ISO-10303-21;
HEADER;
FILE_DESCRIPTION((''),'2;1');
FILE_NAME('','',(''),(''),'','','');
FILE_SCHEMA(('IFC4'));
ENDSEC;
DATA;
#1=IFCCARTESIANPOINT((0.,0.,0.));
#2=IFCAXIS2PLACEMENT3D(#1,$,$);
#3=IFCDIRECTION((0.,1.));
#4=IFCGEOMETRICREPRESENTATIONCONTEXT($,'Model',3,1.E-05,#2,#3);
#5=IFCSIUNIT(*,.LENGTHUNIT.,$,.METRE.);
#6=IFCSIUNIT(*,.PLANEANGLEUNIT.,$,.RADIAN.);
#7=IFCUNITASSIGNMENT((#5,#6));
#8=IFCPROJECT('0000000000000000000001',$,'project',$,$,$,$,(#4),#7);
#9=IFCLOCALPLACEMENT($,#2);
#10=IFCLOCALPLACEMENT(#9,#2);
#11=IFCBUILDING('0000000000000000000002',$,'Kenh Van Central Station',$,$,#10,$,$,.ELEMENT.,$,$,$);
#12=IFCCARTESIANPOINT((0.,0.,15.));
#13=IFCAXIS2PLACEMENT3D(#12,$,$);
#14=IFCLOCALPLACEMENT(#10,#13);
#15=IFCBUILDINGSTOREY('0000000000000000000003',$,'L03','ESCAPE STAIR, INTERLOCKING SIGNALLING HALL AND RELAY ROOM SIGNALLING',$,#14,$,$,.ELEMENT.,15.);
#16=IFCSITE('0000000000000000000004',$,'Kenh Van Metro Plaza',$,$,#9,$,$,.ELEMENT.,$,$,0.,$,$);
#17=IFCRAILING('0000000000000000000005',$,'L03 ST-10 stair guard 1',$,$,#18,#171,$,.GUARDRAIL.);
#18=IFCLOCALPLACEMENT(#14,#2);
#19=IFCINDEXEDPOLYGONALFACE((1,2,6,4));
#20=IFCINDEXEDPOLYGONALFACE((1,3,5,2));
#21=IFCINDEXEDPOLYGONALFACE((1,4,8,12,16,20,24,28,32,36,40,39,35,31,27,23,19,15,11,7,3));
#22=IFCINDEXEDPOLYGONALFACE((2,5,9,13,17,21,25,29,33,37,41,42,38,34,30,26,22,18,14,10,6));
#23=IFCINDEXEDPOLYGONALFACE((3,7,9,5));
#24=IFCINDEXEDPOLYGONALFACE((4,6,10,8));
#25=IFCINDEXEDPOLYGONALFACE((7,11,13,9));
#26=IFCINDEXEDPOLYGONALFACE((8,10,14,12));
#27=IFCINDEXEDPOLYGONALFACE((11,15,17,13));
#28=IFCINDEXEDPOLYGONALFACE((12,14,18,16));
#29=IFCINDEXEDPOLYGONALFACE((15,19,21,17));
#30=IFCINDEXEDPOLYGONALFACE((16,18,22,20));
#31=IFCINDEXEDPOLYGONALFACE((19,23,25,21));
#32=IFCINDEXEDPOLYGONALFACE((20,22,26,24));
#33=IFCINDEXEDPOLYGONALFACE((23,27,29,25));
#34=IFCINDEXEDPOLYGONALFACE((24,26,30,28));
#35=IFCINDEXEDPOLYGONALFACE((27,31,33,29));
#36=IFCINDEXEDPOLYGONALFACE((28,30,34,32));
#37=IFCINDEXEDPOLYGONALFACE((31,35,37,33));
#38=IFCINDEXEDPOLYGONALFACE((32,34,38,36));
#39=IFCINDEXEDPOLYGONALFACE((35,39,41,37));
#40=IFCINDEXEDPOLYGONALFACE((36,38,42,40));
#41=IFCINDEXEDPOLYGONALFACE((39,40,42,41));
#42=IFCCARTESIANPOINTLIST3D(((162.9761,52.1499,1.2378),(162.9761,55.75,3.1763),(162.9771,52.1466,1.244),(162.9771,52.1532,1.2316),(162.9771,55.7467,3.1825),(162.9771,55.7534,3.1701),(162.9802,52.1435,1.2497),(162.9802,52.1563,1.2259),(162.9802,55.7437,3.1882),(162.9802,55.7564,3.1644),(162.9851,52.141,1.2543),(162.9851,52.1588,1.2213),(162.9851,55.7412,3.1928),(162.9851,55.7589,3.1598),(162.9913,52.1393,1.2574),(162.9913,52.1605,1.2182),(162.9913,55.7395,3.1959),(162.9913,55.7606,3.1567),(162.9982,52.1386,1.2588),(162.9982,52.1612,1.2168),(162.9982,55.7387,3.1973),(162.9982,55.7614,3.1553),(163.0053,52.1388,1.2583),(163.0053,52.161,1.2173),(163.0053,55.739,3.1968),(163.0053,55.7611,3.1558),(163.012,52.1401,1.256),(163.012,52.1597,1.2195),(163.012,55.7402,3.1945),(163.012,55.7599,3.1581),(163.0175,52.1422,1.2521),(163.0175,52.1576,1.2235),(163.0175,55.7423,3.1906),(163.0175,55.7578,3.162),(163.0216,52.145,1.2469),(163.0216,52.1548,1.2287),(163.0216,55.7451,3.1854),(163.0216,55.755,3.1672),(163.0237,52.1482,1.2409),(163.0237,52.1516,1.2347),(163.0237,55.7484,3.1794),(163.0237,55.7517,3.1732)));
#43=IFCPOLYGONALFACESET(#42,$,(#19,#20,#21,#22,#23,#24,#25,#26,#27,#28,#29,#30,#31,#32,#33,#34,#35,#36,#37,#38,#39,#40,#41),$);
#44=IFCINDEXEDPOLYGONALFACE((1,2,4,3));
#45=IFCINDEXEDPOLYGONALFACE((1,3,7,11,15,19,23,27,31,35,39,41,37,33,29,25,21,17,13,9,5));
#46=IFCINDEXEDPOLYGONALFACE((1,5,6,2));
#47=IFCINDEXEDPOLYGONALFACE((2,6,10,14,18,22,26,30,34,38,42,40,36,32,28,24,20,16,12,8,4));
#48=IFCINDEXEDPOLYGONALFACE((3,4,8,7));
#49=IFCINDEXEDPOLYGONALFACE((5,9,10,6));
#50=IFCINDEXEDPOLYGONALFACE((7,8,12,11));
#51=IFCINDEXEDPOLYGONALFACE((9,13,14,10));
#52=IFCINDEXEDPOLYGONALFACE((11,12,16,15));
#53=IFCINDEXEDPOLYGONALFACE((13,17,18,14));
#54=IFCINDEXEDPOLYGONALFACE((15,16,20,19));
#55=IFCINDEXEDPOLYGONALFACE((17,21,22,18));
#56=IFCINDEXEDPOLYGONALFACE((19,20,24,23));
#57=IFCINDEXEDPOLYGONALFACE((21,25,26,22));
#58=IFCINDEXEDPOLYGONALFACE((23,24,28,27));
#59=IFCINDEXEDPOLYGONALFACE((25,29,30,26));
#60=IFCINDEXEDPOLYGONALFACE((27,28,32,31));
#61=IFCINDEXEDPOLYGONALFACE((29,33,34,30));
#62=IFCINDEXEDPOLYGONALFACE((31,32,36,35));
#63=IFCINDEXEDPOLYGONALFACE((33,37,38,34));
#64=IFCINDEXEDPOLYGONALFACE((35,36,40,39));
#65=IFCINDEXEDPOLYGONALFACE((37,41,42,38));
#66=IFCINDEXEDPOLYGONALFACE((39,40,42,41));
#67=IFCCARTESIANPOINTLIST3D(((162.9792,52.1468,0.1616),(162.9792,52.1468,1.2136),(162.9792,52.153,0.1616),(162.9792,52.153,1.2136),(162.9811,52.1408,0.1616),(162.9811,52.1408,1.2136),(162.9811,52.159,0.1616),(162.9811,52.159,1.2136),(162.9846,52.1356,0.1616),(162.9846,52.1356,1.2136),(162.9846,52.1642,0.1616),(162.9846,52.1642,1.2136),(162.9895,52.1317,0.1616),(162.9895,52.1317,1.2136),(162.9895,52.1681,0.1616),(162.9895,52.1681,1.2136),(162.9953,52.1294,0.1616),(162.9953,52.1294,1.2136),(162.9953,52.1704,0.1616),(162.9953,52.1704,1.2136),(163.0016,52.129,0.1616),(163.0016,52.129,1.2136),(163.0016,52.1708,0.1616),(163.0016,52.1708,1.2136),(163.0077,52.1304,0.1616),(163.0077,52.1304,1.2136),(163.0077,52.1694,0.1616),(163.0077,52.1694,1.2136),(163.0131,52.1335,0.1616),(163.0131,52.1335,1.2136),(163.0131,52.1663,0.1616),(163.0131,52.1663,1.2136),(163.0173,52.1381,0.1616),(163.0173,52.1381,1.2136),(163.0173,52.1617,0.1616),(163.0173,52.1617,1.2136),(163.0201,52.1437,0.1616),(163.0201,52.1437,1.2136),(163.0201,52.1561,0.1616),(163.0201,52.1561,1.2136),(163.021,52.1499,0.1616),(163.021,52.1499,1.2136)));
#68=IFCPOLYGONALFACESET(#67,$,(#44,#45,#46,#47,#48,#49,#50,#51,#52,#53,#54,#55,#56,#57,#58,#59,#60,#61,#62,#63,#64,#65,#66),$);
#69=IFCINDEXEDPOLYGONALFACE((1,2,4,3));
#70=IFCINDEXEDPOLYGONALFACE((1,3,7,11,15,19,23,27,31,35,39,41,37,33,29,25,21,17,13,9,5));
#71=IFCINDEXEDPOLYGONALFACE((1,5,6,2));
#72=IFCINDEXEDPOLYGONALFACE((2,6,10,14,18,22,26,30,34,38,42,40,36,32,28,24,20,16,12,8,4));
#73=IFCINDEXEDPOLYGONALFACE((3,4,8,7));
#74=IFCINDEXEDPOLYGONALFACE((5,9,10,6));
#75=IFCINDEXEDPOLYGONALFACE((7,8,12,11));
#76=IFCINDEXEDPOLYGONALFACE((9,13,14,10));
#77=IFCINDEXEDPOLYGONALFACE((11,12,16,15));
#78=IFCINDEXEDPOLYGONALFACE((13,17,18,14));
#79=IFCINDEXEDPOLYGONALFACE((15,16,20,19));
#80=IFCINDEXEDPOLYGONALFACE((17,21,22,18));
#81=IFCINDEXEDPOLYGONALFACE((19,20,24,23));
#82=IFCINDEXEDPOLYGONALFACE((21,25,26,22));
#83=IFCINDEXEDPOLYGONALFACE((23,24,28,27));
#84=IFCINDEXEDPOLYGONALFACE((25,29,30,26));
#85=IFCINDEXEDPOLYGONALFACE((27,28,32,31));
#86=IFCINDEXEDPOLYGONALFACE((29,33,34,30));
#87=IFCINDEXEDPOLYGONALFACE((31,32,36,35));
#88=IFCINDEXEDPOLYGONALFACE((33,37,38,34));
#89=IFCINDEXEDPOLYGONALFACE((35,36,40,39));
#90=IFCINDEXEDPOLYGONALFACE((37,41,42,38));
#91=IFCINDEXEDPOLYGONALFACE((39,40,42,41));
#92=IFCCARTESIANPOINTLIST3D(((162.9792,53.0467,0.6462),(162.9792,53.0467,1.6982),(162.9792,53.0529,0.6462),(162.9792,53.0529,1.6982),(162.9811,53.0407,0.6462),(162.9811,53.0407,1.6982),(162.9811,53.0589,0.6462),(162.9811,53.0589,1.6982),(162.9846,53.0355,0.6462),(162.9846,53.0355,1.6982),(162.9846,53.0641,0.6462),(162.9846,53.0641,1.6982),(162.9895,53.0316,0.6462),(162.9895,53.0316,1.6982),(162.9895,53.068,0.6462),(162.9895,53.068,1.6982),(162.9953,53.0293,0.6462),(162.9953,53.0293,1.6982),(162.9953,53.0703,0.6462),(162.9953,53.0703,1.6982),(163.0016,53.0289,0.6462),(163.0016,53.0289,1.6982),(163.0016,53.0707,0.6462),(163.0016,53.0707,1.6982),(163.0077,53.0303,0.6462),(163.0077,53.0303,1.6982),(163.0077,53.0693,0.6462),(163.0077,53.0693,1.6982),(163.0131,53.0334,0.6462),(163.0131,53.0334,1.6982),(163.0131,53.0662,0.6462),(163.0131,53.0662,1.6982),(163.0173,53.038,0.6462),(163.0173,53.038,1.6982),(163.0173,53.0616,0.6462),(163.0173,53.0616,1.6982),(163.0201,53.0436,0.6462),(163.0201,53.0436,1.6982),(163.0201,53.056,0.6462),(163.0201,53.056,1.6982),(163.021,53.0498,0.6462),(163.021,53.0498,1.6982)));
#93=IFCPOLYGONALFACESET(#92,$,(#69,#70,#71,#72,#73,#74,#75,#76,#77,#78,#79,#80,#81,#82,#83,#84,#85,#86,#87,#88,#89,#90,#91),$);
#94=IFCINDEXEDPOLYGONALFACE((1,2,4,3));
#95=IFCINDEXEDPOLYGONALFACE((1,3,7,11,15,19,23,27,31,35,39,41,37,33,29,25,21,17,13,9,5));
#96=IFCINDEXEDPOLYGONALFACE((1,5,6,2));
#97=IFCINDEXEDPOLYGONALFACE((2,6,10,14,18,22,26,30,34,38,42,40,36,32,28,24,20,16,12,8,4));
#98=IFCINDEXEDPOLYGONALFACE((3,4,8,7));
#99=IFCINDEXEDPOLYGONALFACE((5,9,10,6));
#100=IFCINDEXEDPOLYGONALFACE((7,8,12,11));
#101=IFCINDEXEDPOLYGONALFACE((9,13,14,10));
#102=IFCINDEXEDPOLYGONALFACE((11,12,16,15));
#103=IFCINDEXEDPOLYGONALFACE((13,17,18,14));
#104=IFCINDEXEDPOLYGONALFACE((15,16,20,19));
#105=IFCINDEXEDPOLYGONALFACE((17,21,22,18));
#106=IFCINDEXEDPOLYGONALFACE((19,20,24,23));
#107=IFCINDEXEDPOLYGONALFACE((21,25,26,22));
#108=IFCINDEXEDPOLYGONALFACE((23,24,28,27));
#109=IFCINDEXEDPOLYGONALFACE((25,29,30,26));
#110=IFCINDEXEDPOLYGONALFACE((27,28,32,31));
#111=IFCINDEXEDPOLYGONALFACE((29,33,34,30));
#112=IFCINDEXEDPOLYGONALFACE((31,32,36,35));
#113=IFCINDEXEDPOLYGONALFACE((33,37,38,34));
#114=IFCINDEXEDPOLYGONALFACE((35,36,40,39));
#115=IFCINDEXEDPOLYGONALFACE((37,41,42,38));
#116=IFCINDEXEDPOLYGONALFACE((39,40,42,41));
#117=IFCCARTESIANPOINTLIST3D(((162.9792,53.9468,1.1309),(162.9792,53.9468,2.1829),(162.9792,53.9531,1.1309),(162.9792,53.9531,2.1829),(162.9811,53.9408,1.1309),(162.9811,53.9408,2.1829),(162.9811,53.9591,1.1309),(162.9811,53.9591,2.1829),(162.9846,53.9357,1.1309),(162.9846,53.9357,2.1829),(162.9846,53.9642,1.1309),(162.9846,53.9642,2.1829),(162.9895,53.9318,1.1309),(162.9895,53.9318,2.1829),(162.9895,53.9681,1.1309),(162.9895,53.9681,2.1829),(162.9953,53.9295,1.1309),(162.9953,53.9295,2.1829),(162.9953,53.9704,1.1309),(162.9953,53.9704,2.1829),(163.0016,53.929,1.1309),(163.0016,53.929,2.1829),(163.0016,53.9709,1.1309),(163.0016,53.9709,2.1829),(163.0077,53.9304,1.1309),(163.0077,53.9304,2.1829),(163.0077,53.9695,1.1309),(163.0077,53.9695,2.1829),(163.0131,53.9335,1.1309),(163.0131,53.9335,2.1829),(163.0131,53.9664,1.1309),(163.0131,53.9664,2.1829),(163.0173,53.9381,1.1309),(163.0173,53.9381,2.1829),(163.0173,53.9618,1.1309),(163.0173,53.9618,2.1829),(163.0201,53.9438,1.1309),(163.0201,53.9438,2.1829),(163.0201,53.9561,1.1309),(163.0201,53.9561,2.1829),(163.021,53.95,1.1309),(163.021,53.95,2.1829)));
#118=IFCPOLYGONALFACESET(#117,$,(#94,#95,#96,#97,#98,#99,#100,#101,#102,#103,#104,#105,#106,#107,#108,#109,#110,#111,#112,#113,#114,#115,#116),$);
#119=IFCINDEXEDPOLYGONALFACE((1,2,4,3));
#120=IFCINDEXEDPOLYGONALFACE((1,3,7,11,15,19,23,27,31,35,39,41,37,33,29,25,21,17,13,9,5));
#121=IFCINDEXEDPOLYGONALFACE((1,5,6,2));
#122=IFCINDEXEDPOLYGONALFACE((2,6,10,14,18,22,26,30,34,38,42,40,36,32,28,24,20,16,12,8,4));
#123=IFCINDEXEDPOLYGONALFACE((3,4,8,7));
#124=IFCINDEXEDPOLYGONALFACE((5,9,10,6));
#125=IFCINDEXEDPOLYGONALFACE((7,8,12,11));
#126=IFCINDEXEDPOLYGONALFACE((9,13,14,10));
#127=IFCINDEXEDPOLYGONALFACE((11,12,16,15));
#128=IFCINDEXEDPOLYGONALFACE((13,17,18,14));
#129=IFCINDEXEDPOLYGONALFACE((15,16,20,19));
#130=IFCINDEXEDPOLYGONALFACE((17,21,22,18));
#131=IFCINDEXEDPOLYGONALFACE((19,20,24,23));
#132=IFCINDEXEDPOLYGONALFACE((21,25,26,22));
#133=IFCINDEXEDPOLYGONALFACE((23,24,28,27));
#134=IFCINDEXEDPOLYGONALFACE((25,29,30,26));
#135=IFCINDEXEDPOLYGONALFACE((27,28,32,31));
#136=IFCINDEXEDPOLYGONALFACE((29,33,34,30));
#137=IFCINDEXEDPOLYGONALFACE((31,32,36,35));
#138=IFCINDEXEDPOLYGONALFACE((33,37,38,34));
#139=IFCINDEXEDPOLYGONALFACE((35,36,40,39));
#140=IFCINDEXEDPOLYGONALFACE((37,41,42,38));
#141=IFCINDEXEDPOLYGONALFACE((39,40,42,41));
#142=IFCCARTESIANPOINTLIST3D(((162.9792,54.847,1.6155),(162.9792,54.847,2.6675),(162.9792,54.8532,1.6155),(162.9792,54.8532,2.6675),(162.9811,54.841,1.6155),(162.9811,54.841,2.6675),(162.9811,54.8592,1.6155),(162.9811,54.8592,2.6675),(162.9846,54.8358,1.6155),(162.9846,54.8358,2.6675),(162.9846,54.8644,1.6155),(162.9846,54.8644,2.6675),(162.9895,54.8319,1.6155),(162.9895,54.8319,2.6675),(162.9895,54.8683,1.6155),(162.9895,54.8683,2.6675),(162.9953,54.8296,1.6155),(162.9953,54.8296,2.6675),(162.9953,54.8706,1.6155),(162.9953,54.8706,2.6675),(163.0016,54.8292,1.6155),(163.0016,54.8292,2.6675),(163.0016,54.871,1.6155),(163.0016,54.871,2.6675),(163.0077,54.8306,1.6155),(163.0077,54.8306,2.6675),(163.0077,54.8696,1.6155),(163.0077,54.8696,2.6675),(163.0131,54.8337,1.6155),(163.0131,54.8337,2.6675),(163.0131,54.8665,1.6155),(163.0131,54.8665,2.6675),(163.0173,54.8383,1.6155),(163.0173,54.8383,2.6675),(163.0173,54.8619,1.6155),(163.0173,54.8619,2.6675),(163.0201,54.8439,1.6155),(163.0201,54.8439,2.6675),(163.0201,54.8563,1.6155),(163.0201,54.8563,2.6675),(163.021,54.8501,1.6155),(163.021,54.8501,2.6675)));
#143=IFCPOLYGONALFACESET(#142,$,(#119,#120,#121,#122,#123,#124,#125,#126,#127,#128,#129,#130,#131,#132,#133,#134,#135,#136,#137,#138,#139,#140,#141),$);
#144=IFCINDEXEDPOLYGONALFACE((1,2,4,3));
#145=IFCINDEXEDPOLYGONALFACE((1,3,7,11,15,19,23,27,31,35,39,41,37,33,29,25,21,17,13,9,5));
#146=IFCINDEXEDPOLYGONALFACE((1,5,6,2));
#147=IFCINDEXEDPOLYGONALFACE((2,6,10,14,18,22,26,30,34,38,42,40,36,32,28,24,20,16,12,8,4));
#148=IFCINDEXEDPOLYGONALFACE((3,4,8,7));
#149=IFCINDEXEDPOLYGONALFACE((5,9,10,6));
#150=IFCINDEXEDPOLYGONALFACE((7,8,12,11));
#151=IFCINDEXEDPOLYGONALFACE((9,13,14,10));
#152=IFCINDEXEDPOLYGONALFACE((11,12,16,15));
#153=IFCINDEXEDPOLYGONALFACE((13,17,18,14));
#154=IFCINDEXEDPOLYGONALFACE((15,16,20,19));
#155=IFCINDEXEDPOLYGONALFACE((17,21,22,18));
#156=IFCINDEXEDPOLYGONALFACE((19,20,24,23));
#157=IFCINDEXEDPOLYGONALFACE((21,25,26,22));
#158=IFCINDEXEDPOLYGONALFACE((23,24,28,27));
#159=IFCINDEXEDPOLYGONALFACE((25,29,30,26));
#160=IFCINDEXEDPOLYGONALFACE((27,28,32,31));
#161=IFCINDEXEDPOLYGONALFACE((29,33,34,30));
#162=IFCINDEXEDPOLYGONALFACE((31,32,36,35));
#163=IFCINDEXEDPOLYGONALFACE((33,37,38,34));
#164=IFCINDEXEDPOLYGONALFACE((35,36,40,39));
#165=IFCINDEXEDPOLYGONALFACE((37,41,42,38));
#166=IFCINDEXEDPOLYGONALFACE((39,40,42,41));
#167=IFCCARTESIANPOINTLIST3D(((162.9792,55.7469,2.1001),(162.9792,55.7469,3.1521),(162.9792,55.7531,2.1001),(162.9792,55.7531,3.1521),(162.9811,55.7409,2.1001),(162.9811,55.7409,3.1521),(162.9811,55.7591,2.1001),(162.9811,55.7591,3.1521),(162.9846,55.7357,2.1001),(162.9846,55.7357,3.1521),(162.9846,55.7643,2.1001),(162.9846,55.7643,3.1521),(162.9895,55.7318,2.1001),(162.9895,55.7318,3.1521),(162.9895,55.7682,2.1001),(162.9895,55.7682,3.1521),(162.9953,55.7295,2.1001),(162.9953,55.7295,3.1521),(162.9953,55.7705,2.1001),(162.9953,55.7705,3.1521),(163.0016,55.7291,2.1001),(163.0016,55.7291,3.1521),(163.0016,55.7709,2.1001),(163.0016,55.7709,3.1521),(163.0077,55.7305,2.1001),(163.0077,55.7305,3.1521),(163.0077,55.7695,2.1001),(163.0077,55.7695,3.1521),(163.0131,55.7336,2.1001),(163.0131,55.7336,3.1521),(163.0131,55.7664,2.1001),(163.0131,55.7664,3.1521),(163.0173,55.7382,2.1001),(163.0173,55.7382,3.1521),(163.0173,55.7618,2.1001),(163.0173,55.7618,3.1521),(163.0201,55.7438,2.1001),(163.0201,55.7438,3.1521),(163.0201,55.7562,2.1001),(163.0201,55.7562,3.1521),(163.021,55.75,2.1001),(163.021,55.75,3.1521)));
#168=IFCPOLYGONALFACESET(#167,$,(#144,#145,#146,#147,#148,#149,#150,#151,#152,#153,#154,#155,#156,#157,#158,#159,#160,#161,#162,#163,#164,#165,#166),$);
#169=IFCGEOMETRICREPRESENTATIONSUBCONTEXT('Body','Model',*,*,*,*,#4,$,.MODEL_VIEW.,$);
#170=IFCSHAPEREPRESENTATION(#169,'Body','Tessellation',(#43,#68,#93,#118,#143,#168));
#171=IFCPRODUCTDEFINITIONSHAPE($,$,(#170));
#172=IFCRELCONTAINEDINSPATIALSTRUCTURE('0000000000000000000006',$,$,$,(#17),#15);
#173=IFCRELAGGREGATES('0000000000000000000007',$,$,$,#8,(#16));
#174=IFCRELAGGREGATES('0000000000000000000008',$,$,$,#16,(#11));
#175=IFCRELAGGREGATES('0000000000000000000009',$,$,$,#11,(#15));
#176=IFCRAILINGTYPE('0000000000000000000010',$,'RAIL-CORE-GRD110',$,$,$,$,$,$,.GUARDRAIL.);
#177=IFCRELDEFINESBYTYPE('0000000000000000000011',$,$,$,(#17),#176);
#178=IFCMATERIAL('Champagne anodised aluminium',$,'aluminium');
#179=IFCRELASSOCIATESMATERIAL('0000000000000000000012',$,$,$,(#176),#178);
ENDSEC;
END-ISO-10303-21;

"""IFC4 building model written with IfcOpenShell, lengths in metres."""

from ifc_helpers import new_model, si_unit, direction, frame, origin, origin_2d, place, context, subcontext, project, spatial, circle, extrude, material, type_object, element, save


model = new_model("IFC4")

# Units and contexts
model_context = context("Model", 3, precision=1e-05, world=origin(), true_north=direction((0.0, 1.0)))
body_context = subcontext(model_context, "Body", "Model", "MODEL_VIEW")
ifc_project = project(units=[si_unit("LENGTHUNIT", "METRE"), si_unit("PLANEANGLEUNIT", "RADIAN")], contexts=[model_context])

# Site, building, storey
site_placement = place(None, origin())
site = spatial("IfcSite", under=ifc_project, at=site_placement, Name="Kenh Van Metro Plaza", CompositionType="ELEMENT", RefElevation=0.0)
building_placement = place(site_placement, origin())
building = spatial("IfcBuilding", under=site, at=building_placement, Name="Kenh Van Central Station", CompositionType="ELEMENT")
storey_placement = place(building_placement, frame((0.0, 0.0, 15.0)))
storey = spatial("IfcBuildingStorey", under=building, at=storey_placement, Name="L03", Description="ESCAPE STAIR, INTERLOCKING SIGNALLING HALL AND RELAY ROOM SIGNALLING", CompositionType="ELEMENT", Elevation=15.0)

# Shared definitions
ifc_material_1 = material(Name="Champagne anodised aluminium", Category="aluminium")

# Railing
railing_type_1 = type_object("IfcRailingType", Name="RAIL-CORE-GRD110", PredefinedType="GUARDRAIL", material=ifc_material_1)
railing_1_placement = place(storey_placement, frame((163.0, 52.1499, 0.1616)))
element("IfcRailing", 1, at=railing_1_placement, inside=storey, type_object=railing_type_1, Name="L03 ST-10 stair guard 1", PredefinedType="GUARDRAIL", context=body_context, shape_type="SweptSolid", body=[
    extrude(circle(Radius=0.0239, at=origin_2d()), frame((0.0, 0.0, 1.0762), z_axis=(0.0, 0.880475, 0.474093), x_axis=(-1.0, 0.0, 0.0)), (0.0, 0.0, 1.0), 4.0889),
    extrude(circle(Radius=0.021, at=origin_2d()), origin(), (0.0, 0.0, 1.0), 1.052),
    extrude(circle(Radius=0.021, at=origin_2d()), frame((0.0, 0.8999, 0.4846)), (0.0, 0.0, 1.0), 1.052),
    extrude(circle(Radius=0.021, at=origin_2d()), frame((0.0, 1.8, 0.9692)), (0.0, 0.0, 1.0), 1.052),
    extrude(circle(Radius=0.021, at=origin_2d()), frame((0.0, 2.7002, 1.4539)), (0.0, 0.0, 1.0), 1.052),
    extrude(circle(Radius=0.021, at=origin_2d()), frame((0.0, 3.6001, 1.9385)), (0.0, 0.0, 1.0), 1.052),
])

save(model, "model.ifc")
